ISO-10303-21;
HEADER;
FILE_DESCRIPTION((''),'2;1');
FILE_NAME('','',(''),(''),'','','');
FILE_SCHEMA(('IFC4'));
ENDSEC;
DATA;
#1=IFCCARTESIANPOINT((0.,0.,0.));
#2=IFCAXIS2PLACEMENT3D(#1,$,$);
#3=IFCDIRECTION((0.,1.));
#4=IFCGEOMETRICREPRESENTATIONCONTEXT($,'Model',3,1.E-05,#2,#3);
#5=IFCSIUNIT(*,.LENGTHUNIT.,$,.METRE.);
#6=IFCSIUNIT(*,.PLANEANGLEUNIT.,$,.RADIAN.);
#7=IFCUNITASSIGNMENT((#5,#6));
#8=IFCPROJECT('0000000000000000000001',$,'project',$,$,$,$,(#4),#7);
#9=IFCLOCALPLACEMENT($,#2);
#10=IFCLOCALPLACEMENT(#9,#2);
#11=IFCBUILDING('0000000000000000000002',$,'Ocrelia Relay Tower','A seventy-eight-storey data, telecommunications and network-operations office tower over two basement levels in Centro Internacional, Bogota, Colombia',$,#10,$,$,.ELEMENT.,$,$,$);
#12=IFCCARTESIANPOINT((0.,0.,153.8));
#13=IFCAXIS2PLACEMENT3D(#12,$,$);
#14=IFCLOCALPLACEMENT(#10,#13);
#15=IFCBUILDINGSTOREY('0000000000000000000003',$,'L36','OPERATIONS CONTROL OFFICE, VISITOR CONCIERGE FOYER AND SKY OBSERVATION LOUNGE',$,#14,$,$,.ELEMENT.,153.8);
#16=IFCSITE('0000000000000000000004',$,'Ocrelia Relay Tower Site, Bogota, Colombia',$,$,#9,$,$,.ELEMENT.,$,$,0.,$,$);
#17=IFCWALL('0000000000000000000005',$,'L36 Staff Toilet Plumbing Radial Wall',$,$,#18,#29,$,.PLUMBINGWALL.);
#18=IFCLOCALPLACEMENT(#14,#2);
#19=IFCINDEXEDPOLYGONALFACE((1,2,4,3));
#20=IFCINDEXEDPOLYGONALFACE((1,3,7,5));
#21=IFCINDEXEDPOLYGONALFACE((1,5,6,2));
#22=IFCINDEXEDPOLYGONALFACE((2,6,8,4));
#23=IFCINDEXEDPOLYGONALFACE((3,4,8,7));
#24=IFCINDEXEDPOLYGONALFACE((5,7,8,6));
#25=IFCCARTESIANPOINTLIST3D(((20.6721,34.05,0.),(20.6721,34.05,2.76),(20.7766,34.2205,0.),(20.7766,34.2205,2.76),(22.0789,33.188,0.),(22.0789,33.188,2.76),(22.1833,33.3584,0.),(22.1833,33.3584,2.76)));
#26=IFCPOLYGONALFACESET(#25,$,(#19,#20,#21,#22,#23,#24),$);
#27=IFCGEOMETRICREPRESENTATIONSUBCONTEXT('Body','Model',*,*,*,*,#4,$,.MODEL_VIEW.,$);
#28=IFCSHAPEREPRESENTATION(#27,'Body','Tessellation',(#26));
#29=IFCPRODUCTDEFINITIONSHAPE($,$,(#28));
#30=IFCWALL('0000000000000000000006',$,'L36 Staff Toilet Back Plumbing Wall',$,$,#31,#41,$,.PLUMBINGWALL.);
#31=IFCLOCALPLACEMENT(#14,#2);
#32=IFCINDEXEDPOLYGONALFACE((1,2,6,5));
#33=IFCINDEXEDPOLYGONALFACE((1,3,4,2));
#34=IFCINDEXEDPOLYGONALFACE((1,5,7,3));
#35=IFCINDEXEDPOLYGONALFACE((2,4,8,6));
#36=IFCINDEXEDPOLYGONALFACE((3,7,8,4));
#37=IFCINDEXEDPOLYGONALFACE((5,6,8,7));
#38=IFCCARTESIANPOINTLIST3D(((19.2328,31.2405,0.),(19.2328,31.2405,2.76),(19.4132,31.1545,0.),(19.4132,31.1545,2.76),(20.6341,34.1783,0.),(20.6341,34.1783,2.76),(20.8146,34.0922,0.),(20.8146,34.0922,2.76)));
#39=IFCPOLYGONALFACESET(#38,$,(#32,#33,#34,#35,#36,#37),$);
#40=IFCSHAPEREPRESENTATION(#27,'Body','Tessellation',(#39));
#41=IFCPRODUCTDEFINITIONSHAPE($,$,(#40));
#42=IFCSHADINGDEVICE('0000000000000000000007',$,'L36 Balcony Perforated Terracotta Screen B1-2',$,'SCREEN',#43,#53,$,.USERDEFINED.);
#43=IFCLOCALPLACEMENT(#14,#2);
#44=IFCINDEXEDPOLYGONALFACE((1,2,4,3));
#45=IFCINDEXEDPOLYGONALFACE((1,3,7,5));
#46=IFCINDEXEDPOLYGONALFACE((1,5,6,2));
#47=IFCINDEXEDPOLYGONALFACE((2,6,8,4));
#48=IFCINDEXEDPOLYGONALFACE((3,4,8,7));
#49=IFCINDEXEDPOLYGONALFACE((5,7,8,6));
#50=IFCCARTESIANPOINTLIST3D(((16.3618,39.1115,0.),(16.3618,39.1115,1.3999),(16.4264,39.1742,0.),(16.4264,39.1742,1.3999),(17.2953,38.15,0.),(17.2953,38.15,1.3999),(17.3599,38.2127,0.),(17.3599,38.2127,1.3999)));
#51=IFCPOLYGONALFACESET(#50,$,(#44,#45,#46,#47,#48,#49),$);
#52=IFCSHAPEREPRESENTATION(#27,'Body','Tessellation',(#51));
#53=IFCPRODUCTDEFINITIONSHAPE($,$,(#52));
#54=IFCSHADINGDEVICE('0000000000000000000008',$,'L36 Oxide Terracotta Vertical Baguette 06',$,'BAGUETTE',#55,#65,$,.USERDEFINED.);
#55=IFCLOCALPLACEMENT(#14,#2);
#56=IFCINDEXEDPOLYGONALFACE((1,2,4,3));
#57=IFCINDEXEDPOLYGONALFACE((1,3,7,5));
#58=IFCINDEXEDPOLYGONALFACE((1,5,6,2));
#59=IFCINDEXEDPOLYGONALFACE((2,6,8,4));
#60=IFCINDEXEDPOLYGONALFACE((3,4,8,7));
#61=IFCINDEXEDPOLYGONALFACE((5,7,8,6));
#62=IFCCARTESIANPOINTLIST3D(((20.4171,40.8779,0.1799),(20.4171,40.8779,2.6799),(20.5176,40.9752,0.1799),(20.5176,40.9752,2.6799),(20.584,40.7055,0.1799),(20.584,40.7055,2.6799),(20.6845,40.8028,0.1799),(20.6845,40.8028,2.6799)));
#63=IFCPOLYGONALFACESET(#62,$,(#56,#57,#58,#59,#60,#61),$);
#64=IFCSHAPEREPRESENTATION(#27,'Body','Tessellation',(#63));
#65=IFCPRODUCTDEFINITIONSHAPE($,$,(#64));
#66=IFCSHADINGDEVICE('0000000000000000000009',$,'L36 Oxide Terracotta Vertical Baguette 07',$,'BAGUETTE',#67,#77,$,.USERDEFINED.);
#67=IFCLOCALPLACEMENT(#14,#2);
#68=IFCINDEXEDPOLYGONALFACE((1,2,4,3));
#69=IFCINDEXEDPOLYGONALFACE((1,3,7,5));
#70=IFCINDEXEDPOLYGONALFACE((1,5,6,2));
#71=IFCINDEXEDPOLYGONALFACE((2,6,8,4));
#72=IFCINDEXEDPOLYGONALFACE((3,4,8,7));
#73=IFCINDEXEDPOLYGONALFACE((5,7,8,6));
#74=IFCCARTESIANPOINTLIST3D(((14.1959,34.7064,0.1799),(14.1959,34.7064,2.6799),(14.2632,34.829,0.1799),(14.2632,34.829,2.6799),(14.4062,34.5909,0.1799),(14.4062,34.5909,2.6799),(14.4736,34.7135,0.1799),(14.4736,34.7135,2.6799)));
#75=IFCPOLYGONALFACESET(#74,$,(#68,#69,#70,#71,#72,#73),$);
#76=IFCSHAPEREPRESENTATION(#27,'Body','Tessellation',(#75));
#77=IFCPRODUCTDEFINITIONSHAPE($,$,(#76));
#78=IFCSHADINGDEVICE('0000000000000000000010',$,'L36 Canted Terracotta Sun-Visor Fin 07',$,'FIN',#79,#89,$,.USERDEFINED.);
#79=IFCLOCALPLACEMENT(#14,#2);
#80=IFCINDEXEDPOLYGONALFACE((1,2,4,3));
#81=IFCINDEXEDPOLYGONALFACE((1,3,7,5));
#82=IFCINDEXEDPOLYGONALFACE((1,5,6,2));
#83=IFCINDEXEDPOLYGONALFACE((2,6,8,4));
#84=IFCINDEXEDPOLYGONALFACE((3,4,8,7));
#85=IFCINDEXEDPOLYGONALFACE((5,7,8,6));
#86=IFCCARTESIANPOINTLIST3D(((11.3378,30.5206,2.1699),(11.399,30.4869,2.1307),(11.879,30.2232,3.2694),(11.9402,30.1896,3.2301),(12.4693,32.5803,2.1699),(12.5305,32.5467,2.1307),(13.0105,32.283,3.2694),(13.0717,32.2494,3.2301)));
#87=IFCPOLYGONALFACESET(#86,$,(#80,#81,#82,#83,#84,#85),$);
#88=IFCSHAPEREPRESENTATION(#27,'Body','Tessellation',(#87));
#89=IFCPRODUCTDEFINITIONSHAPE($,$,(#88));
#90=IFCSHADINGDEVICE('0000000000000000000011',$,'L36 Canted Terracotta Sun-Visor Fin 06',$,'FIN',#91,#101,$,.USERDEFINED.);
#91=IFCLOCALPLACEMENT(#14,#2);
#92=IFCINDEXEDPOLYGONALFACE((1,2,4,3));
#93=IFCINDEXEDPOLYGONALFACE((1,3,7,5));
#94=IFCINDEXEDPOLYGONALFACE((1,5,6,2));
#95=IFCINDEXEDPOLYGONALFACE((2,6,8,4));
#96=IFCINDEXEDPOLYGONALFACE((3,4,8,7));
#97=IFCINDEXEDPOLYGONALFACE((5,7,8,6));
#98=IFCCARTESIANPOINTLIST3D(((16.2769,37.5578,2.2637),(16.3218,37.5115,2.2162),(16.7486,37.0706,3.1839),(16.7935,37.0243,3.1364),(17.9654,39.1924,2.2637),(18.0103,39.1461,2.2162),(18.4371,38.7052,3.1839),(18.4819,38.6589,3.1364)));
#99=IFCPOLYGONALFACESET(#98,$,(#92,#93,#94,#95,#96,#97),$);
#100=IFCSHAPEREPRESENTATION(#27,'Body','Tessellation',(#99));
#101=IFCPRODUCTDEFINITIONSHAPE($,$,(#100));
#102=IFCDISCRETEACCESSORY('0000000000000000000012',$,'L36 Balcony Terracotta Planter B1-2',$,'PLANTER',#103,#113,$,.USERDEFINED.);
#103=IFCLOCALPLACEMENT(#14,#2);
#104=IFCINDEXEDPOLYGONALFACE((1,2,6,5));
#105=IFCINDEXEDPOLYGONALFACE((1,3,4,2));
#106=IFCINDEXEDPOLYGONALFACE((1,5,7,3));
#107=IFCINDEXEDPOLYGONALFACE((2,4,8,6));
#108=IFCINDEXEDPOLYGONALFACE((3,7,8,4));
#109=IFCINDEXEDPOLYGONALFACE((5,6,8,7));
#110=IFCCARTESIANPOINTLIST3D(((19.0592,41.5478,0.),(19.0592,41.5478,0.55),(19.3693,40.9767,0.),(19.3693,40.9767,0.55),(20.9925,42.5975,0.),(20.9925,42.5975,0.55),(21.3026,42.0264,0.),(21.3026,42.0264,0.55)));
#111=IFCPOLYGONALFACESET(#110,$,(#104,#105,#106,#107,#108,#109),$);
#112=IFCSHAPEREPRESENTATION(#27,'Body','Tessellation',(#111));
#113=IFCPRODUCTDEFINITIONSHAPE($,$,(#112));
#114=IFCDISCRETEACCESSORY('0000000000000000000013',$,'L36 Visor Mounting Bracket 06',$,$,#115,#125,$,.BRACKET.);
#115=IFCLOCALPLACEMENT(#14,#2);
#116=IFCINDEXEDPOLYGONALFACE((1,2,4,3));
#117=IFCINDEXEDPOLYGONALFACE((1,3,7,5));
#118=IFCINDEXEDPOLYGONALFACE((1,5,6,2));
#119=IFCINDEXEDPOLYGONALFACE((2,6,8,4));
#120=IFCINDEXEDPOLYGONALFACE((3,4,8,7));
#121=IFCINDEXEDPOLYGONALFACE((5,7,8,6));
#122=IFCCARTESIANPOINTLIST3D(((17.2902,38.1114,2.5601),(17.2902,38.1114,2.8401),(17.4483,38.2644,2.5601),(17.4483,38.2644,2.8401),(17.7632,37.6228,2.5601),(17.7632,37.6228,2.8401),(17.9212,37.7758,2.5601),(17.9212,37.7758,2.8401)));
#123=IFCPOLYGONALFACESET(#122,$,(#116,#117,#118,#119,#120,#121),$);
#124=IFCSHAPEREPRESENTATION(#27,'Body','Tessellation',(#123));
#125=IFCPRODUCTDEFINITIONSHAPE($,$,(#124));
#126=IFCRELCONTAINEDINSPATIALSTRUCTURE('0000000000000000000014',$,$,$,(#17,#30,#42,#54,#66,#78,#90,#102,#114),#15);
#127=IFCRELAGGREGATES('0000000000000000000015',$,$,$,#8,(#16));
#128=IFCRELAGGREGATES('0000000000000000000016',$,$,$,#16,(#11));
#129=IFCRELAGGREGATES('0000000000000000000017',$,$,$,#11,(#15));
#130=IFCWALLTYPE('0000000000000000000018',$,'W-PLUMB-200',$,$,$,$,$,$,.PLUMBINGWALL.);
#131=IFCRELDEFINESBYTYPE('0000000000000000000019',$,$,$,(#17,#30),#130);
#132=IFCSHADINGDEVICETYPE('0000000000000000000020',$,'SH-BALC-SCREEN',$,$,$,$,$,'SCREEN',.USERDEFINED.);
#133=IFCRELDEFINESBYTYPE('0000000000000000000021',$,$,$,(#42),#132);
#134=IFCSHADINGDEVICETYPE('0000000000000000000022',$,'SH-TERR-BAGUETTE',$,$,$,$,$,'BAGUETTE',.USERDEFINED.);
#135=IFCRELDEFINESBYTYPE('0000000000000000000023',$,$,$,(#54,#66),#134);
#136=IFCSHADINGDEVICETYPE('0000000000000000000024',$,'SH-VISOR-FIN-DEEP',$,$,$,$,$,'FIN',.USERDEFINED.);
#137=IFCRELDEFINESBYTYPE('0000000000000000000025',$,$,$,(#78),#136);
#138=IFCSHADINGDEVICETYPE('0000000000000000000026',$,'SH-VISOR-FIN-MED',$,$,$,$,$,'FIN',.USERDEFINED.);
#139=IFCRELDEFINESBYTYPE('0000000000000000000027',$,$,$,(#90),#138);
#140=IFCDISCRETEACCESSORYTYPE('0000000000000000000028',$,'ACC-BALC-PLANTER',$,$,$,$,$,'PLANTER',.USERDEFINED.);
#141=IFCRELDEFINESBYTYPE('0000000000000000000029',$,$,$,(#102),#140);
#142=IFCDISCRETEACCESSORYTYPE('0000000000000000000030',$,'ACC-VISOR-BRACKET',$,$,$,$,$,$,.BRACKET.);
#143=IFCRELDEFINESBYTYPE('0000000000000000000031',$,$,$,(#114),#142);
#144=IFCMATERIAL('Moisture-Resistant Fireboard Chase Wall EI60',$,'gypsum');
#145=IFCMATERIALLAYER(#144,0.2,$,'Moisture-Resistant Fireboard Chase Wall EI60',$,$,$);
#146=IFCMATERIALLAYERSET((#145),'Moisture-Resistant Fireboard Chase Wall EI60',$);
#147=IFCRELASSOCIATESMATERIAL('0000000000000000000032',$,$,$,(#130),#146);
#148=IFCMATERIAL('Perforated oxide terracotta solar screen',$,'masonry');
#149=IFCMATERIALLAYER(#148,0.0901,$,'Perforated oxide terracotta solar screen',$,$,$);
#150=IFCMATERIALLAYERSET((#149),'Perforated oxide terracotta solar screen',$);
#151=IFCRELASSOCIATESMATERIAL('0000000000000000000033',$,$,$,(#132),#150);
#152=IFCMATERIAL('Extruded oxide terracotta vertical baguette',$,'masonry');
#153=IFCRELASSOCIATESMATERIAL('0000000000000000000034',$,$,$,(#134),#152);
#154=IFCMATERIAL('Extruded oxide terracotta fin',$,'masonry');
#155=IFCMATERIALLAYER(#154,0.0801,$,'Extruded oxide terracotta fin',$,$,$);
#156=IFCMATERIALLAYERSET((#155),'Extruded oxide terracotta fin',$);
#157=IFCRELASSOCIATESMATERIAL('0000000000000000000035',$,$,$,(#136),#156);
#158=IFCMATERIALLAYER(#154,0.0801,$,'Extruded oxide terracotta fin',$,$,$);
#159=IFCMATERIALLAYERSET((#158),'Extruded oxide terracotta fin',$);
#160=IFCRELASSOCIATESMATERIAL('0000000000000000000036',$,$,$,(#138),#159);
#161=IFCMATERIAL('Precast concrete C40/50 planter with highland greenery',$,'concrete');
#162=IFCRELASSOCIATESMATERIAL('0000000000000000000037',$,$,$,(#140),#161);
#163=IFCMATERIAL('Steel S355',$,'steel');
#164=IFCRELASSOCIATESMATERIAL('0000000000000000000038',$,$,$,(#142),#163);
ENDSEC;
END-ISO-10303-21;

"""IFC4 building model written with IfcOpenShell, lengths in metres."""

from ifc_helpers import new_model, si_unit, direction, frame, frame_2d, origin, origin_2d, place, context, subcontext, project, spatial, rectangle, extrude, material, layer, layer_set, type_object, element, save


model = new_model("IFC4")

# Units and contexts
model_context = context("Model", 3, precision=1e-05, world=origin(), true_north=direction((0.0, 1.0)))
body_context = subcontext(model_context, "Body", "Model", "MODEL_VIEW")
ifc_project = project(units=[si_unit("LENGTHUNIT", "METRE"), si_unit("PLANEANGLEUNIT", "RADIAN")], contexts=[model_context])

# Site, building, storey
site_placement = place(None, origin())
site = spatial("IfcSite", under=ifc_project, at=site_placement, Name="Ocrelia Relay Tower Site, Bogota, Colombia", CompositionType="ELEMENT", RefElevation=0.0)
building_placement = place(site_placement, origin())
building = spatial("IfcBuilding", under=site, at=building_placement, Name="Ocrelia Relay Tower", Description="A seventy-eight-storey data, telecommunications and network-operations office tower over two basement levels in Centro Internacional, Bogota, Colombia", CompositionType="ELEMENT")
storey_placement = place(building_placement, frame((0.0, 0.0, 153.8)))
storey = spatial("IfcBuildingStorey", under=building, at=storey_placement, Name="L36", Description="OPERATIONS CONTROL OFFICE, VISITOR CONCIERGE FOYER AND SKY OBSERVATION LOUNGE", CompositionType="ELEMENT", Elevation=153.8)

# Shared definitions
ifc_material_1 = material(Name="Steel S355", Category="steel")

# Walls
ifc_material_2 = material(Name="Moisture-Resistant Fireboard Chase Wall EI60", Category="gypsum")
ifc_layer_1 = layer(ifc_material_2, 0.2, Name="Moisture-Resistant Fireboard Chase Wall EI60")
ifc_layer_set_1 = layer_set([ifc_layer_1], Name="Moisture-Resistant Fireboard Chase Wall EI60")
wall_type_1 = type_object("IfcWallType", Name="W-PLUMB-200", PredefinedType="PLUMBINGWALL", material=ifc_layer_set_1)
wall_1_placement = place(storey_placement, frame((22.1311, 33.2732, 0.0), z_axis=(0.0, 0.0, 1.0), x_axis=(-0.852637, 0.522503, 0.0)))
element("IfcWall", 1, at=wall_1_placement, inside=storey, type_object=wall_type_1, Name="L36 Staff Toilet Plumbing Radial Wall", PredefinedType="PLUMBINGWALL", context=body_context, shape_type="SweptSolid", body=[
    extrude(rectangle(XDim=1.6499, YDim=0.2, at=frame_2d((0.825, 0.0))), origin(), (0.0, 0.0, 1.0), 2.76),
])
wall_2_placement = place(storey_placement, frame((20.7244, 34.1353, 0.0), z_axis=(0.0, 0.0, 1.0), x_axis=(-0.430545, -0.902569, 0.0)))
element("IfcWall", 2, at=wall_2_placement, inside=storey, type_object=wall_type_1, Name="L36 Staff Toilet Back Plumbing Wall", PredefinedType="PLUMBINGWALL", context=body_context, shape_type="SweptSolid", body=[
    extrude(rectangle(XDim=3.2549, YDim=0.2, at=frame_2d((1.6274, 0.0))), origin(), (0.0, 0.0, 1.0), 2.76),
])

# Shading devices
ifc_material_3 = material(Name="Perforated oxide terracotta solar screen", Category="masonry")
ifc_layer_2 = layer(ifc_material_3, 0.0901, Name="Perforated oxide terracotta solar screen")
ifc_layer_set_2 = layer_set([ifc_layer_2], Name="Perforated oxide terracotta solar screen")
shading_device_type_1 = type_object("IfcShadingDeviceType", Name="SH-BALC-SCREEN", ElementType="SCREEN", PredefinedType="USERDEFINED", material=ifc_layer_set_2)
shading_device_1_placement = place(storey_placement, frame((16.8608, 38.6621, 0.0), z_axis=(0.0, 0.0, 1.0), x_axis=(-0.696587, 0.717472, 0.0)))
element("IfcShadingDevice", 3, at=shading_device_1_placement, inside=storey, type_object=shading_device_type_1, Name="L36 Balcony Perforated Terracotta Screen B1-2", ObjectType="SCREEN", PredefinedType="USERDEFINED", context=body_context, shape_type="SweptSolid", body=[
    extrude(rectangle(XDim=1.3401, YDim=0.0901, at=origin_2d()), origin(), (0.0, 0.0, 1.0), 1.3999),
])
ifc_material_4 = material(Name="Extruded oxide terracotta vertical baguette", Category="masonry")
shading_device_type_2 = type_object("IfcShadingDeviceType", Name="SH-TERR-BAGUETTE", ElementType="BAGUETTE", PredefinedType="USERDEFINED", material=ifc_material_4)
for number, where, z_axis, x_axis, name in (
    (4, (20.5508, 40.8403, 0.1799), (0.0, 0.0, 1.0), (-0.718475, -0.695553, 0.0), "L36 Oxide Terracotta Vertical Baguette 06"),
    (5, (14.3347, 34.71, 0.1799), (0.0, 0.0, 1.0), (-0.481478, -0.876458, 0.0), "L36 Oxide Terracotta Vertical Baguette 07"),
):
    element("IfcShadingDevice", number, at=place(storey_placement, frame(where, z_axis=z_axis, x_axis=x_axis)), inside=storey, type_object=shading_device_type_2, Name=name, ObjectType="BAGUETTE", PredefinedType="USERDEFINED", context=body_context, shape_type="SweptSolid", body=[
        extrude(rectangle(XDim=0.1399, YDim=0.24, at=origin_2d()), origin(), (0.0, 0.0, 1.0), 2.5),
    ])
ifc_material_5 = material(Name="Extruded oxide terracotta fin", Category="masonry")
ifc_layer_3 = layer(ifc_material_5, 0.0801, Name="Extruded oxide terracotta fin")
ifc_layer_set_3 = layer_set([ifc_layer_3], Name="Extruded oxide terracotta fin")
shading_device_type_3 = type_object("IfcShadingDeviceType", Name="SH-VISOR-FIN-DEEP", ElementType="FIN", PredefinedType="USERDEFINED", material=ifc_layer_set_3)
shading_device_2_placement = place(storey_placement, frame((12.2354, 31.3682, 2.6804), z_axis=(-0.764183, 0.4198, 0.489687), x_axis=(-0.481478, -0.876458, 0.0)))
element("IfcShadingDevice", 6, at=shading_device_2_placement, inside=storey, type_object=shading_device_type_3, Name="L36 Canted Terracotta Sun-Visor Fin 07", ObjectType="FIN", PredefinedType="USERDEFINED", context=body_context, shape_type="SweptSolid", body=[
    extrude(rectangle(XDim=2.3501, YDim=1.261, at=origin_2d()), origin(), (0.0, 0.0, 1.0), 0.0801),
])
ifc_layer_4 = layer(ifc_material_5, 0.0801, Name="Extruded oxide terracotta fin")
ifc_layer_set_4 = layer_set([ifc_layer_4], Name="Extruded oxide terracotta fin")
shading_device_type_4 = type_object("IfcShadingDeviceType", Name="SH-VISOR-FIN-MED", ElementType="FIN", PredefinedType="USERDEFINED", material=ifc_layer_set_4)
shading_device_3_placement = place(storey_placement, frame((17.4019, 38.0852, 2.6763), z_axis=(-0.559918, 0.57837, 0.593278), x_axis=(-0.718475, -0.695553, 0.0)))
element("IfcShadingDevice", 7, at=shading_device_3_placement, inside=storey, type_object=shading_device_type_4, Name="L36 Canted Terracotta Sun-Visor Fin 06", ObjectType="FIN", PredefinedType="USERDEFINED", context=body_context, shape_type="SweptSolid", body=[
    extrude(rectangle(XDim=2.3501, YDim=1.1431, at=origin_2d()), origin(), (0.0, 0.0, 1.0), 0.0801),
])

# Discrete accessories
ifc_material_6 = material(Name="Precast concrete C40/50 planter with highland greenery", Category="concrete")
discrete_accessory_type_1 = type_object("IfcDiscreteAccessoryType", Name="ACC-BALC-PLANTER", ElementType="PLANTER", PredefinedType="USERDEFINED", material=ifc_material_6)
discrete_accessory_1_placement = place(storey_placement, frame((20.1809, 41.7871, 0.0), z_axis=(0.0, 0.0, 1.0), x_axis=(0.878815, 0.477162, 0.0)))
element("IfcDiscreteAccessory", 8, at=discrete_accessory_1_placement, inside=storey, type_object=discrete_accessory_type_1, Name="L36 Balcony Terracotta Planter B1-2", ObjectType="PLANTER", PredefinedType="USERDEFINED", context=body_context, shape_type="SweptSolid", body=[
    extrude(rectangle(XDim=2.2, YDim=0.6499, at=origin_2d()), origin(), (0.0, 0.0, 1.0), 0.55),
])
discrete_accessory_type_2 = type_object("IfcDiscreteAccessoryType", Name="ACC-VISOR-BRACKET", PredefinedType="BRACKET", material=ifc_material_1)
discrete_accessory_2_placement = place(storey_placement, frame((17.6057, 37.9436, 2.5601), z_axis=(0.0, 0.0, 1.0), x_axis=(-0.718475, -0.695553, 0.0)))
element("IfcDiscreteAccessory", 9, at=discrete_accessory_2_placement, inside=storey, type_object=discrete_accessory_type_2, Name="L36 Visor Mounting Bracket 06", PredefinedType="BRACKET", context=body_context, shape_type="SweptSolid", body=[
    extrude(rectangle(XDim=0.22, YDim=0.6799, at=origin_2d()), origin(), (0.0, 0.0, 1.0), 0.28),
])

save(model, "model.ifc")
